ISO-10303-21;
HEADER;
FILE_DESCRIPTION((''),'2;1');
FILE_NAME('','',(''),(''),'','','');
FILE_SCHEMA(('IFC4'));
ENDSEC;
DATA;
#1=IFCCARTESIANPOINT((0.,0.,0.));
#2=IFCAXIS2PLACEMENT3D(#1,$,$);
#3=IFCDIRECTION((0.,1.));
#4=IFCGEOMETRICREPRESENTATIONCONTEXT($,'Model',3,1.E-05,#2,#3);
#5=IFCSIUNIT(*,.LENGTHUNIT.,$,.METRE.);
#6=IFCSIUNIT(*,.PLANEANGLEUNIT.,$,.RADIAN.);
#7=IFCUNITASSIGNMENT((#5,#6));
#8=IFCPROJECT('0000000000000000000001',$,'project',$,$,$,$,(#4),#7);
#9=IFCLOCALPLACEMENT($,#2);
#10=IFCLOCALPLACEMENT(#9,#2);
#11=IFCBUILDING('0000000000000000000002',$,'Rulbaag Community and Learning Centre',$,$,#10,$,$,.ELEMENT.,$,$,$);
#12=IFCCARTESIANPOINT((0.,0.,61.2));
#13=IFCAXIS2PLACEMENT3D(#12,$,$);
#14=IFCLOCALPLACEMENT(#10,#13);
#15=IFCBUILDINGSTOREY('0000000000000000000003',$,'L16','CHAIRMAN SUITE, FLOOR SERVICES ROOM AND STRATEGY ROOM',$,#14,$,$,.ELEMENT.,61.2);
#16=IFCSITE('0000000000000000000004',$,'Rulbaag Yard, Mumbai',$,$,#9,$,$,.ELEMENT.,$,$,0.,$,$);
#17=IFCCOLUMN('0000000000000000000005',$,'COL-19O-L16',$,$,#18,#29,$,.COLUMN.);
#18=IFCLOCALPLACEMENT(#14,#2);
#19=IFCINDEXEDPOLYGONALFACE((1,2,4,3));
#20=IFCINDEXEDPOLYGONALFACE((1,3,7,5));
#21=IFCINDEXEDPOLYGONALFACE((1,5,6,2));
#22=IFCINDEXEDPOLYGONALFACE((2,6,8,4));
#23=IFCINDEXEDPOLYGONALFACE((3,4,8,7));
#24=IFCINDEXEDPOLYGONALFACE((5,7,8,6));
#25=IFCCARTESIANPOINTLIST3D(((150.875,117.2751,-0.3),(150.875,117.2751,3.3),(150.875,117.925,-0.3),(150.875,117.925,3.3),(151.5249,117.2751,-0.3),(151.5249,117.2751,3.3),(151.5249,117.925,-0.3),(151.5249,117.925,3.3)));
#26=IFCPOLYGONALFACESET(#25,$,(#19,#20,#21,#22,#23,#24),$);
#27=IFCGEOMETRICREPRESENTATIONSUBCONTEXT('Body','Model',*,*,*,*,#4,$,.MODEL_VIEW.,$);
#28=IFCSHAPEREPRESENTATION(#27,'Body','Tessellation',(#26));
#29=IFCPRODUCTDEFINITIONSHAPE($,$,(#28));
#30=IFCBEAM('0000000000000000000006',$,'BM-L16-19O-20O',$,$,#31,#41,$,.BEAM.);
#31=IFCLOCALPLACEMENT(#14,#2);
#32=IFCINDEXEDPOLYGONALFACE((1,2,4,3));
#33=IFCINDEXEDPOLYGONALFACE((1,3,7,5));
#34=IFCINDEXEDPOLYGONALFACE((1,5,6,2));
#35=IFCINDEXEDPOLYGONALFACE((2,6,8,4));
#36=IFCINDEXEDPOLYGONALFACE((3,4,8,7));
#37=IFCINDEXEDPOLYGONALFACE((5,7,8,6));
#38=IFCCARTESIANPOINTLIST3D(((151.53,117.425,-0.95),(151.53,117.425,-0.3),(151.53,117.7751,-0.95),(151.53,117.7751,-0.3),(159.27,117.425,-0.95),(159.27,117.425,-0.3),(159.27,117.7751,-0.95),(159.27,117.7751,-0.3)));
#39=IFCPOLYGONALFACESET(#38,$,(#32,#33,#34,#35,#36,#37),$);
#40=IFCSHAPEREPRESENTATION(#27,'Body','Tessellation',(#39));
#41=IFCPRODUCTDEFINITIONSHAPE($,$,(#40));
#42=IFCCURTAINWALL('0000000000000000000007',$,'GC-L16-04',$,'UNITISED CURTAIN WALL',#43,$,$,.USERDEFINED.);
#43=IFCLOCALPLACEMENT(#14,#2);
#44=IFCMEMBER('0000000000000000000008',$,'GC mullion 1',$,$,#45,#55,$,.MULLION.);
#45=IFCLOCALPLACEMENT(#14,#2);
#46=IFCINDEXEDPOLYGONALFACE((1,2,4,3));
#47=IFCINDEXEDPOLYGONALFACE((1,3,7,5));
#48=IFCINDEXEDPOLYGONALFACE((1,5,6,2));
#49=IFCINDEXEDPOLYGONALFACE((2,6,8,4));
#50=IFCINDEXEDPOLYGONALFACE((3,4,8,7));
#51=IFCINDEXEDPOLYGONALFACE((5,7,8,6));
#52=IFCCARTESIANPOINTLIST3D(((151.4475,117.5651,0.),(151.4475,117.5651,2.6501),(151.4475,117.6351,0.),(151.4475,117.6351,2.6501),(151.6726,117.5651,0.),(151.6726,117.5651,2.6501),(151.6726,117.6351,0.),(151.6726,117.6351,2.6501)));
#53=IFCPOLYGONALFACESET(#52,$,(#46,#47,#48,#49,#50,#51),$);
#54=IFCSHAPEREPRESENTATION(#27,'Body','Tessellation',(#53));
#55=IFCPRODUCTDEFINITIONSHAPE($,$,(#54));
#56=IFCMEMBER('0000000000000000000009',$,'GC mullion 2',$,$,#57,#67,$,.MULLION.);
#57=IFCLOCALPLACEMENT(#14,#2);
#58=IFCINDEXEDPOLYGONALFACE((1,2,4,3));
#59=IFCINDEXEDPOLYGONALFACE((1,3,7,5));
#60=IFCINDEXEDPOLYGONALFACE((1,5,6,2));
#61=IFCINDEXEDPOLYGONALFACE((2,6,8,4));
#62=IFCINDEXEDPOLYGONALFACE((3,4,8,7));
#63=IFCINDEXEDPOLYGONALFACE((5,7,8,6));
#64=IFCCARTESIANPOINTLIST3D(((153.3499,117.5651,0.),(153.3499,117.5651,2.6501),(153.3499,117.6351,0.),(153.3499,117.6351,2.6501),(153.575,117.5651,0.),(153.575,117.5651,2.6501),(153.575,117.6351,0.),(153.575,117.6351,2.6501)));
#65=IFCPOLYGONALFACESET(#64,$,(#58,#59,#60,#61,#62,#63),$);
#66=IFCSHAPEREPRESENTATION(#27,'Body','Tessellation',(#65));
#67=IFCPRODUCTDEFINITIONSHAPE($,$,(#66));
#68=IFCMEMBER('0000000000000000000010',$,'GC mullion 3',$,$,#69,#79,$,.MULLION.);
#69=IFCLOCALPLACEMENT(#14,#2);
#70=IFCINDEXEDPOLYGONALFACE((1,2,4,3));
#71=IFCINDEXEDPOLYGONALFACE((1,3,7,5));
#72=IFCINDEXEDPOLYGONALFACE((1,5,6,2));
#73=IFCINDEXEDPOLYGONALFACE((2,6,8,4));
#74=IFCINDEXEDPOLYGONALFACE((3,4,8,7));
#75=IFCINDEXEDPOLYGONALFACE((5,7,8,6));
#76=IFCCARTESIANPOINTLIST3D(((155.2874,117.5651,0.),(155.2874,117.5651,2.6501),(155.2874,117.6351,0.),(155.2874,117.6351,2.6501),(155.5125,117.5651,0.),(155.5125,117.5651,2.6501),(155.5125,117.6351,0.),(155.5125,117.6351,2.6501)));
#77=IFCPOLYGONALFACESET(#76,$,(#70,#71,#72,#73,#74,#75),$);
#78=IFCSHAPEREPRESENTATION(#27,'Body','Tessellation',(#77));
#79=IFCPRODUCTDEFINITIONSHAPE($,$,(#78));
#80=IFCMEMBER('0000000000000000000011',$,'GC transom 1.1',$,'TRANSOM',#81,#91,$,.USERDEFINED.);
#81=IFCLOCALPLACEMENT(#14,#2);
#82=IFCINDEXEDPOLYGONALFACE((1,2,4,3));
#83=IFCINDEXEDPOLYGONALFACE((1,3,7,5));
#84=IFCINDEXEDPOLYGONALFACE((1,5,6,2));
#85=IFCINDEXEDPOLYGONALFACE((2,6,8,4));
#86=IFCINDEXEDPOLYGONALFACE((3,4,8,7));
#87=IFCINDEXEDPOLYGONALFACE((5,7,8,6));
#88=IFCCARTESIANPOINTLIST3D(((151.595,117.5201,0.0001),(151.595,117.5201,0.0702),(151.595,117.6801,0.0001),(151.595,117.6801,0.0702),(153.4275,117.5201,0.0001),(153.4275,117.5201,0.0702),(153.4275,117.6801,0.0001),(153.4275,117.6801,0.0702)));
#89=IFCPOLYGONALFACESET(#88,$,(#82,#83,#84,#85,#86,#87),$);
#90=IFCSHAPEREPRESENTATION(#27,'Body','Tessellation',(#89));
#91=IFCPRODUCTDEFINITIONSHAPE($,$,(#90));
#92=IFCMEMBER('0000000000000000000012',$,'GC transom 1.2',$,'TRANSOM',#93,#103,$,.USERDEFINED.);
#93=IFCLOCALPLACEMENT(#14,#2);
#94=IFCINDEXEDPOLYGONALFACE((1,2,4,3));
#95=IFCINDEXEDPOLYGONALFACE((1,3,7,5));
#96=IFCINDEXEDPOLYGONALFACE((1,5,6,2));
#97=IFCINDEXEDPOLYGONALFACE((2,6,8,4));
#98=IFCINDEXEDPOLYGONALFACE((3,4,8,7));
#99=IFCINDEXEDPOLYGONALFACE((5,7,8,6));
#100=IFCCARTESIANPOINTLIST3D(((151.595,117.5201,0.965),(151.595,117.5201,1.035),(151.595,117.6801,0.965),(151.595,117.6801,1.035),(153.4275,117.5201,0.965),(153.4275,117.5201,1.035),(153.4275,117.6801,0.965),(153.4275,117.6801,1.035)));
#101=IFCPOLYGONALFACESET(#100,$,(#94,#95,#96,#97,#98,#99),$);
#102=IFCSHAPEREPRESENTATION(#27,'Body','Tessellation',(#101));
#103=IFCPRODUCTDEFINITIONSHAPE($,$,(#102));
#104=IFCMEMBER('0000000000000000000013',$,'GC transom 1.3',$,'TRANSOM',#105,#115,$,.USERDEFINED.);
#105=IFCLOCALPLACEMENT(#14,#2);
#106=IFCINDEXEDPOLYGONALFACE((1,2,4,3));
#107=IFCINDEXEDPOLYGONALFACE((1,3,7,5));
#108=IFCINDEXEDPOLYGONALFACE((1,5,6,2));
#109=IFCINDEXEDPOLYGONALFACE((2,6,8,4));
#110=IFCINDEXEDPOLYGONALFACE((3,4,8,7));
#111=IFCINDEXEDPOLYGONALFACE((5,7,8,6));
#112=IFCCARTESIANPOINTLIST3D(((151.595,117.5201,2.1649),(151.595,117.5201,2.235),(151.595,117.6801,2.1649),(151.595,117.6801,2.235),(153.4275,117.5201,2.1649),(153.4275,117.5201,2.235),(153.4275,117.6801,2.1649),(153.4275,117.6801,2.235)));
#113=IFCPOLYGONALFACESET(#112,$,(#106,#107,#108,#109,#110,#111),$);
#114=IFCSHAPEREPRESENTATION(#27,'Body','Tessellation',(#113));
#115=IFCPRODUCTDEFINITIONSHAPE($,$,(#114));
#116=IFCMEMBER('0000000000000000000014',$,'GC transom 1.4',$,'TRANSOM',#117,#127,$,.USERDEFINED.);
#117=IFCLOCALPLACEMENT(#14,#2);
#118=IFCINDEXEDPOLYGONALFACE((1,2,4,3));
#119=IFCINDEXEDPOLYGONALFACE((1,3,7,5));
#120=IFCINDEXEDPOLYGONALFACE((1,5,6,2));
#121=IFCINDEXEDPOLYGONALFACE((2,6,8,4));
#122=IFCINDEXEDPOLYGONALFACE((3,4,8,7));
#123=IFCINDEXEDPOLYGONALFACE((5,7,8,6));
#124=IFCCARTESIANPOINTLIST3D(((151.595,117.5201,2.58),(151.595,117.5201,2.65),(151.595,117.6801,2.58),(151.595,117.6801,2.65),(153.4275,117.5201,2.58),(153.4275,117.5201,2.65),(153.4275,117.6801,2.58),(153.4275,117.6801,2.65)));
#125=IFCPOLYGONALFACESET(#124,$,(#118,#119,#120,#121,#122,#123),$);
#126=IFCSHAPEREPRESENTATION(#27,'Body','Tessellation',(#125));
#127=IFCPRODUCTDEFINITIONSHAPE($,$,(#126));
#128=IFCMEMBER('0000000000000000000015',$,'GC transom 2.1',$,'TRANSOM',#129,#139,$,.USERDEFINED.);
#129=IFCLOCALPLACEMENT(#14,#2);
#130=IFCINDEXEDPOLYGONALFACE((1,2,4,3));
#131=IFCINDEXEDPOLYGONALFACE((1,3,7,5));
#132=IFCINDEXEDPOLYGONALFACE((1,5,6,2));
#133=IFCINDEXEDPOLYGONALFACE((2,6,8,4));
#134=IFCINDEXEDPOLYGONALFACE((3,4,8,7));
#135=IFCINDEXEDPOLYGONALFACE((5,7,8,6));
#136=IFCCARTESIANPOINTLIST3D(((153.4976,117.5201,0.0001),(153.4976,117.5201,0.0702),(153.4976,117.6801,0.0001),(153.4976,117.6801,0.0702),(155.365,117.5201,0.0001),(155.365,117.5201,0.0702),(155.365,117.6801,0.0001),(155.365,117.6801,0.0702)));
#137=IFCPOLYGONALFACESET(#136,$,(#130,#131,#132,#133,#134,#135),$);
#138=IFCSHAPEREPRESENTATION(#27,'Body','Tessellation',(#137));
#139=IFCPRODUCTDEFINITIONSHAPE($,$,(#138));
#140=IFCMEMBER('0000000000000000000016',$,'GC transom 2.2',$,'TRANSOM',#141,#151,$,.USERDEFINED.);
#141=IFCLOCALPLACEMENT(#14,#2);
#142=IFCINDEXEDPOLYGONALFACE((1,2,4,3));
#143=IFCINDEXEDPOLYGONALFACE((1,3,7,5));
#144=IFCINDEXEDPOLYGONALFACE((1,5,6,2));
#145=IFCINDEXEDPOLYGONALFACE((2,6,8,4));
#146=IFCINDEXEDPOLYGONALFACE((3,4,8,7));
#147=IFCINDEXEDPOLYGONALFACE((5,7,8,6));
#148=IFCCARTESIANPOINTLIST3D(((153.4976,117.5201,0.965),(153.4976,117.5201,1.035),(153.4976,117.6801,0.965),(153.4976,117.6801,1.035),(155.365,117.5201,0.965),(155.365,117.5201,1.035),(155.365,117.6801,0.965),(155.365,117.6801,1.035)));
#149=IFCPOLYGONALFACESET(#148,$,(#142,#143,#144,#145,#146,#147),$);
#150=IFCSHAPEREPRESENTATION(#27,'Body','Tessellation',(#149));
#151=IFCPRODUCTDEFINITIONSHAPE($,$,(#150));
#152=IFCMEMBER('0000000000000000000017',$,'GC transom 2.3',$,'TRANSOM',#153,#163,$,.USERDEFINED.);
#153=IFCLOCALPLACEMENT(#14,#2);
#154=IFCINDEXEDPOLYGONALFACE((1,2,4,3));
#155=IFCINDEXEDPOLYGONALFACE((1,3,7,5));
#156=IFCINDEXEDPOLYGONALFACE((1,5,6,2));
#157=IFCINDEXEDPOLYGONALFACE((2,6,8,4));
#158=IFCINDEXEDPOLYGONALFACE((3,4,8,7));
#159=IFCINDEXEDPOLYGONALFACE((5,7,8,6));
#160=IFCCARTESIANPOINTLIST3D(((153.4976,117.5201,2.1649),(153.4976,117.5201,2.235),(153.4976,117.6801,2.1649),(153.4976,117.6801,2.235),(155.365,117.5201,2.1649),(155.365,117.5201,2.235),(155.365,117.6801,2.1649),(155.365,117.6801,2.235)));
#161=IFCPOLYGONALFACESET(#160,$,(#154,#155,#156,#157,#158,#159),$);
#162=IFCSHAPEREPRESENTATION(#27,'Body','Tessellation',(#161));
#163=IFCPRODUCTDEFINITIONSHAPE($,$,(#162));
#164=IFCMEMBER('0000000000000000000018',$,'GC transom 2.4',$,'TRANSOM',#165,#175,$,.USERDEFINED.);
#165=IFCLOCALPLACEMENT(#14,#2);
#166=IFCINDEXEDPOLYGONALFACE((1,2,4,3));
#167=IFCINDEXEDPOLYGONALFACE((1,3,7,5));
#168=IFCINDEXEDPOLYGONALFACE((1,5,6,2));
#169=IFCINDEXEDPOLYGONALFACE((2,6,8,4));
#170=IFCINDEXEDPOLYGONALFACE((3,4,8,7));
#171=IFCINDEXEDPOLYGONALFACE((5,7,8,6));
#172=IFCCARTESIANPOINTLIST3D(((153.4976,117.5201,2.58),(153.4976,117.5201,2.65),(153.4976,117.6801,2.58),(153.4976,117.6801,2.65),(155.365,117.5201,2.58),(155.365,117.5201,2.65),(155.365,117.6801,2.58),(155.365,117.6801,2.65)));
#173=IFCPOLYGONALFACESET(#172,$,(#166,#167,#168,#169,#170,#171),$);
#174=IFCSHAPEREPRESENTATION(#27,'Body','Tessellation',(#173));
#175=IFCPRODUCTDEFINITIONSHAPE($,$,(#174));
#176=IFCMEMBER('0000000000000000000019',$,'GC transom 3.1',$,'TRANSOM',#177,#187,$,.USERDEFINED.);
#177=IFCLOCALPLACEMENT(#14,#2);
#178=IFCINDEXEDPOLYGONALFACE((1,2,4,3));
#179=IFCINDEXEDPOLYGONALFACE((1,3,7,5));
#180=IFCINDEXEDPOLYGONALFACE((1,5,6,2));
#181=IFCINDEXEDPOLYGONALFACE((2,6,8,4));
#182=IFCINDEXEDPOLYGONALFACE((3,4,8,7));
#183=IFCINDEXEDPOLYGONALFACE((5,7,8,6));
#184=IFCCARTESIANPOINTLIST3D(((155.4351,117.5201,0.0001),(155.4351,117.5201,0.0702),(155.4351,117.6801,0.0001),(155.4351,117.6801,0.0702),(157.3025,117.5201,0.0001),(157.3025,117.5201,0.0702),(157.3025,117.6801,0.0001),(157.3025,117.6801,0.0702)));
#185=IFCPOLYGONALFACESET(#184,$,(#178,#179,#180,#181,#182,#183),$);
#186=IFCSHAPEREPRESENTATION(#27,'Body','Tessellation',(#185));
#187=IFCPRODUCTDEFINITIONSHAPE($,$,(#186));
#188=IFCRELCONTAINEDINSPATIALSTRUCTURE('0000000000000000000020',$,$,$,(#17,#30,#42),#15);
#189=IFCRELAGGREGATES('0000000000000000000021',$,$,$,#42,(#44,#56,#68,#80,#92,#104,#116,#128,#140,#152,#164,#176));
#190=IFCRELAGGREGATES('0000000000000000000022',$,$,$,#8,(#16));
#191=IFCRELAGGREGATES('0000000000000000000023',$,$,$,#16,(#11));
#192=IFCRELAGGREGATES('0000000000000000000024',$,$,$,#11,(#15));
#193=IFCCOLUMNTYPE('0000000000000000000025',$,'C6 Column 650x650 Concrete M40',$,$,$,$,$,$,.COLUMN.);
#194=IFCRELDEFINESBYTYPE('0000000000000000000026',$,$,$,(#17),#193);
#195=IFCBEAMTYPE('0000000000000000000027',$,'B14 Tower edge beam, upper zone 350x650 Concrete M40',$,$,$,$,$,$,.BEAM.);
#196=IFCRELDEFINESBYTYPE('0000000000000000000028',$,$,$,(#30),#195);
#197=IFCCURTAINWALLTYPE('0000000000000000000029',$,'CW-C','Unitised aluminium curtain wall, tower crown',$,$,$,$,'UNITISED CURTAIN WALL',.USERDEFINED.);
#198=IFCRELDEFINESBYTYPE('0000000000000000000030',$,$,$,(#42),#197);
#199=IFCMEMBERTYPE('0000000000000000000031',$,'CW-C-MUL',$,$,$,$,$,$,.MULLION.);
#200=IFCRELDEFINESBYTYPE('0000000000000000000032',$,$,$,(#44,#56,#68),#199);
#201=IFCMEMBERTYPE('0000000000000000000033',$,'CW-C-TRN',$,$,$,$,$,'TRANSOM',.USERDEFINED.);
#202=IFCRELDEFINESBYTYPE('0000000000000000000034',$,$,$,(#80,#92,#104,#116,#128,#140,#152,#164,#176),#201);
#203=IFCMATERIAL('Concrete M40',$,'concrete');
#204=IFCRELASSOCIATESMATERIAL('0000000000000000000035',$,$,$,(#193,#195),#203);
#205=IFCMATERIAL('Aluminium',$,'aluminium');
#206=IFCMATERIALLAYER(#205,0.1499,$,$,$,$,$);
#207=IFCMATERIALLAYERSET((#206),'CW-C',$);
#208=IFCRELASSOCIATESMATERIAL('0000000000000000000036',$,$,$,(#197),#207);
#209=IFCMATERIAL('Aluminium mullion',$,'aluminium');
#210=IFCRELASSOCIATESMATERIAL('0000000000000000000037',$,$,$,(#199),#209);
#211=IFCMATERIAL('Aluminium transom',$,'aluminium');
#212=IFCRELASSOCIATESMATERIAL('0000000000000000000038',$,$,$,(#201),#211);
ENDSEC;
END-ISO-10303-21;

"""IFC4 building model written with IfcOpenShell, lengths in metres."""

from ifc_helpers import new_model, si_unit, direction, frame, origin, origin_2d, place, context, subcontext, project, spatial, rectangle, extrude, material, layer, layer_set, material_profile, profile_set, type_object, element, aggregate, save


model = new_model("IFC4")

# Units and contexts
model_context = context("Model", 3, precision=1e-05, world=origin(), true_north=direction((0.0, 1.0)))
body_context = subcontext(model_context, "Body", "Model", "MODEL_VIEW")
ifc_project = project(units=[si_unit("LENGTHUNIT", "METRE"), si_unit("PLANEANGLEUNIT", "RADIAN")], contexts=[model_context])

# Site, building, storey
site_placement = place(None, origin())
site = spatial("IfcSite", under=ifc_project, at=site_placement, Name="Rulbaag Yard, Mumbai", CompositionType="ELEMENT", RefElevation=0.0)
building_placement = place(site_placement, origin())
building = spatial("IfcBuilding", under=site, at=building_placement, Name="Rulbaag Community and Learning Centre", CompositionType="ELEMENT")
storey_placement = place(building_placement, frame((0.0, 0.0, 61.2)))
storey = spatial("IfcBuildingStorey", under=building, at=storey_placement, Name="L16", Description="CHAIRMAN SUITE, FLOOR SERVICES ROOM AND STRATEGY ROOM", CompositionType="ELEMENT", Elevation=61.2)

# Column
ifc_material_1 = material(Name="Concrete M40", Category="concrete")
ifc_material_profile_1 = material_profile(ifc_material_1, rectangle(XDim=0.6499, YDim=0.6499, at=origin_2d()), Name="RC650x650")
ifc_profile_set_1 = profile_set([ifc_material_profile_1], Name="Concrete M40")
column_type = type_object("IfcColumnType", Name="C6 Column 650x650 Concrete M40", PredefinedType="COLUMN", material=ifc_profile_set_1)
column_placement = place(storey_placement, frame((151.2, 117.6001, -0.3), z_axis=(0.0, 0.0, 1.0), x_axis=(1.0, 0.0, 0.0)))
element("IfcColumn", 1, at=column_placement, inside=storey, type_object=column_type, Name="COL-19O-L16", PredefinedType="COLUMN", context=body_context, shape_type="SweptSolid", body=[
    extrude(rectangle(XDim=0.6499, YDim=0.6499, at=origin_2d()), origin(), (0.0, 0.0, 1.0), 3.6001),
])

# Beam
ifc_material_profile_2 = material_profile(ifc_material_1, rectangle(XDim=0.3501, YDim=0.6499, at=origin_2d()), Name="RB350x650")
ifc_profile_set_2 = profile_set([ifc_material_profile_2], Name="Concrete M40")
beam_type = type_object("IfcBeamType", Name="B14 Tower edge beam, upper zone 350x650 Concrete M40", PredefinedType="BEAM", material=ifc_profile_set_2)
beam_placement = place(storey_placement, frame((151.53, 117.6001, -0.625), z_axis=(1.0, 0.0, 0.0), x_axis=(0.0, 1.0, 0.0)))
element("IfcBeam", 2, at=beam_placement, inside=storey, type_object=beam_type, Name="BM-L16-19O-20O", PredefinedType="BEAM", context=body_context, shape_type="SweptSolid", body=[
    extrude(rectangle(XDim=0.3501, YDim=0.6499, at=origin_2d()), origin(), (0.0, 0.0, 1.0), 7.74),
])

# Curtain wall, members
ifc_material_2 = material(Name="Aluminium", Category="aluminium")
ifc_layer_1 = layer(ifc_material_2, 0.1499)
ifc_layer_set_1 = layer_set([ifc_layer_1], Name="CW-C")
curtain_wall_type = type_object("IfcCurtainWallType", Name="CW-C", Description="Unitised aluminium curtain wall, tower crown", ElementType="UNITISED CURTAIN WALL", PredefinedType="USERDEFINED", material=ifc_layer_set_1)
curtain_wall_placement = place(storey_placement, origin())
curtain_wall = element("IfcCurtainWall", 3, at=curtain_wall_placement, inside=storey, type_object=curtain_wall_type, Name="GC-L16-04", ObjectType="UNITISED CURTAIN WALL", PredefinedType="USERDEFINED")
ifc_material_3 = material(Name="Aluminium mullion", Category="aluminium")
ifc_material_profile_3 = material_profile(ifc_material_3, rectangle(XDim=0.0701, YDim=0.2251, at=origin_2d()), Name="AL 70x225")
ifc_profile_set_3 = profile_set([ifc_material_profile_3], Name="Aluminium mullion")
member_type_1 = type_object("IfcMemberType", Name="CW-C-MUL", PredefinedType="MULLION", material=ifc_profile_set_3)
member_1_placement = place(storey_placement, frame((151.5601, 117.6001, 0.0), z_axis=(0.0, 0.0, 1.0), x_axis=(0.0, 1.0, 0.0)))
member_1 = element("IfcMember", 4, at=member_1_placement, type_object=member_type_1, Name="GC mullion 1", PredefinedType="MULLION", context=body_context, shape_type="SweptSolid", body=[
    extrude(rectangle(XDim=0.0701, YDim=0.2251, at=origin_2d()), origin(), (0.0, 0.0, 1.0), 2.6501),
])
member_2_placement = place(storey_placement, frame((153.4624, 117.6001, 0.0), z_axis=(0.0, 0.0, 1.0), x_axis=(0.0, 1.0, 0.0)))
member_2 = element("IfcMember", 5, at=member_2_placement, type_object=member_type_1, Name="GC mullion 2", PredefinedType="MULLION", context=body_context, shape_type="SweptSolid", body=[
    extrude(rectangle(XDim=0.0701, YDim=0.2251, at=origin_2d()), origin(), (0.0, 0.0, 1.0), 2.6501),
])
member_3_placement = place(storey_placement, frame((155.3999, 117.6001, 0.0), z_axis=(0.0, 0.0, 1.0), x_axis=(0.0, 1.0, 0.0)))
member_3 = element("IfcMember", 6, at=member_3_placement, type_object=member_type_1, Name="GC mullion 3", PredefinedType="MULLION", context=body_context, shape_type="SweptSolid", body=[
    extrude(rectangle(XDim=0.0701, YDim=0.2251, at=origin_2d()), origin(), (0.0, 0.0, 1.0), 2.6501),
])
ifc_material_4 = material(Name="Aluminium transom", Category="aluminium")
ifc_material_profile_4 = material_profile(ifc_material_4, rectangle(XDim=0.1599, YDim=0.0701, at=origin_2d()), Name="AL 70x160 T")
ifc_profile_set_4 = profile_set([ifc_material_profile_4], Name="Aluminium transom")
member_type_2 = type_object("IfcMemberType", Name="CW-C-TRN", ElementType="TRANSOM", PredefinedType="USERDEFINED", material=ifc_profile_set_4)
member_4_placement = place(storey_placement, frame((151.595, 117.6001, 0.0352), z_axis=(1.0, 0.0, 0.0), x_axis=(0.0, 1.0, 0.0)))
member_4 = element("IfcMember", 7, at=member_4_placement, type_object=member_type_2, Name="GC transom 1.1", ObjectType="TRANSOM", PredefinedType="USERDEFINED", context=body_context, shape_type="SweptSolid", body=[
    extrude(rectangle(XDim=0.1599, YDim=0.0701, at=origin_2d()), origin(), (0.0, 0.0, 1.0), 1.8325),
])
member_5_placement = place(storey_placement, frame((151.595, 117.6001, 1.0), z_axis=(1.0, 0.0, 0.0), x_axis=(0.0, 1.0, 0.0)))
member_5 = element("IfcMember", 8, at=member_5_placement, type_object=member_type_2, Name="GC transom 1.2", ObjectType="TRANSOM", PredefinedType="USERDEFINED", context=body_context, shape_type="SweptSolid", body=[
    extrude(rectangle(XDim=0.1599, YDim=0.0701, at=origin_2d()), origin(), (0.0, 0.0, 1.0), 1.8325),
])
member_6_placement = place(storey_placement, frame((151.595, 117.6001, 2.2), z_axis=(1.0, 0.0, 0.0), x_axis=(0.0, 1.0, 0.0)))
member_6 = element("IfcMember", 9, at=member_6_placement, type_object=member_type_2, Name="GC transom 1.3", ObjectType="TRANSOM", PredefinedType="USERDEFINED", context=body_context, shape_type="SweptSolid", body=[
    extrude(rectangle(XDim=0.1599, YDim=0.0701, at=origin_2d()), origin(), (0.0, 0.0, 1.0), 1.8325),
])
member_7_placement = place(storey_placement, frame((151.595, 117.6001, 2.615), z_axis=(1.0, 0.0, 0.0), x_axis=(0.0, 1.0, 0.0)))
member_7 = element("IfcMember", 10, at=member_7_placement, type_object=member_type_2, Name="GC transom 1.4", ObjectType="TRANSOM", PredefinedType="USERDEFINED", context=body_context, shape_type="SweptSolid", body=[
    extrude(rectangle(XDim=0.1599, YDim=0.0701, at=origin_2d()), origin(), (0.0, 0.0, 1.0), 1.8325),
])
member_8_placement = place(storey_placement, frame((153.4976, 117.6001, 0.0352), z_axis=(1.0, 0.0, 0.0), x_axis=(0.0, 1.0, 0.0)))
member_8 = element("IfcMember", 11, at=member_8_placement, type_object=member_type_2, Name="GC transom 2.1", ObjectType="TRANSOM", PredefinedType="USERDEFINED", context=body_context, shape_type="SweptSolid", body=[
    extrude(rectangle(XDim=0.1599, YDim=0.0701, at=origin_2d()), origin(), (0.0, 0.0, 1.0), 1.8674),
])
member_9_placement = place(storey_placement, frame((153.4976, 117.6001, 1.0), z_axis=(1.0, 0.0, 0.0), x_axis=(0.0, 1.0, 0.0)))
member_9 = element("IfcMember", 12, at=member_9_placement, type_object=member_type_2, Name="GC transom 2.2", ObjectType="TRANSOM", PredefinedType="USERDEFINED", context=body_context, shape_type="SweptSolid", body=[
    extrude(rectangle(XDim=0.1599, YDim=0.0701, at=origin_2d()), origin(), (0.0, 0.0, 1.0), 1.8674),
])
member_10_placement = place(storey_placement, frame((153.4976, 117.6001, 2.2), z_axis=(1.0, 0.0, 0.0), x_axis=(0.0, 1.0, 0.0)))
member_10 = element("IfcMember", 13, at=member_10_placement, type_object=member_type_2, Name="GC transom 2.3", ObjectType="TRANSOM", PredefinedType="USERDEFINED", context=body_context, shape_type="SweptSolid", body=[
    extrude(rectangle(XDim=0.1599, YDim=0.0701, at=origin_2d()), origin(), (0.0, 0.0, 1.0), 1.8674),
])
member_11_placement = place(storey_placement, frame((153.4976, 117.6001, 2.615), z_axis=(1.0, 0.0, 0.0), x_axis=(0.0, 1.0, 0.0)))
member_11 = element("IfcMember", 14, at=member_11_placement, type_object=member_type_2, Name="GC transom 2.4", ObjectType="TRANSOM", PredefinedType="USERDEFINED", context=body_context, shape_type="SweptSolid", body=[
    extrude(rectangle(XDim=0.1599, YDim=0.0701, at=origin_2d()), origin(), (0.0, 0.0, 1.0), 1.8674),
])
member_12_placement = place(storey_placement, frame((155.4351, 117.6001, 0.0352), z_axis=(1.0, 0.0, 0.0), x_axis=(0.0, 1.0, 0.0)))
member_12 = element("IfcMember", 15, at=member_12_placement, type_object=member_type_2, Name="GC transom 3.1", ObjectType="TRANSOM", PredefinedType="USERDEFINED", context=body_context, shape_type="SweptSolid", body=[
    extrude(rectangle(XDim=0.1599, YDim=0.0701, at=origin_2d()), origin(), (0.0, 0.0, 1.0), 1.8674),
])
aggregate(curtain_wall, [member_1, member_2, member_3, member_4, member_5, member_6, member_7, member_8, member_9, member_10, member_11, member_12])

save(model, "model.ifc")
